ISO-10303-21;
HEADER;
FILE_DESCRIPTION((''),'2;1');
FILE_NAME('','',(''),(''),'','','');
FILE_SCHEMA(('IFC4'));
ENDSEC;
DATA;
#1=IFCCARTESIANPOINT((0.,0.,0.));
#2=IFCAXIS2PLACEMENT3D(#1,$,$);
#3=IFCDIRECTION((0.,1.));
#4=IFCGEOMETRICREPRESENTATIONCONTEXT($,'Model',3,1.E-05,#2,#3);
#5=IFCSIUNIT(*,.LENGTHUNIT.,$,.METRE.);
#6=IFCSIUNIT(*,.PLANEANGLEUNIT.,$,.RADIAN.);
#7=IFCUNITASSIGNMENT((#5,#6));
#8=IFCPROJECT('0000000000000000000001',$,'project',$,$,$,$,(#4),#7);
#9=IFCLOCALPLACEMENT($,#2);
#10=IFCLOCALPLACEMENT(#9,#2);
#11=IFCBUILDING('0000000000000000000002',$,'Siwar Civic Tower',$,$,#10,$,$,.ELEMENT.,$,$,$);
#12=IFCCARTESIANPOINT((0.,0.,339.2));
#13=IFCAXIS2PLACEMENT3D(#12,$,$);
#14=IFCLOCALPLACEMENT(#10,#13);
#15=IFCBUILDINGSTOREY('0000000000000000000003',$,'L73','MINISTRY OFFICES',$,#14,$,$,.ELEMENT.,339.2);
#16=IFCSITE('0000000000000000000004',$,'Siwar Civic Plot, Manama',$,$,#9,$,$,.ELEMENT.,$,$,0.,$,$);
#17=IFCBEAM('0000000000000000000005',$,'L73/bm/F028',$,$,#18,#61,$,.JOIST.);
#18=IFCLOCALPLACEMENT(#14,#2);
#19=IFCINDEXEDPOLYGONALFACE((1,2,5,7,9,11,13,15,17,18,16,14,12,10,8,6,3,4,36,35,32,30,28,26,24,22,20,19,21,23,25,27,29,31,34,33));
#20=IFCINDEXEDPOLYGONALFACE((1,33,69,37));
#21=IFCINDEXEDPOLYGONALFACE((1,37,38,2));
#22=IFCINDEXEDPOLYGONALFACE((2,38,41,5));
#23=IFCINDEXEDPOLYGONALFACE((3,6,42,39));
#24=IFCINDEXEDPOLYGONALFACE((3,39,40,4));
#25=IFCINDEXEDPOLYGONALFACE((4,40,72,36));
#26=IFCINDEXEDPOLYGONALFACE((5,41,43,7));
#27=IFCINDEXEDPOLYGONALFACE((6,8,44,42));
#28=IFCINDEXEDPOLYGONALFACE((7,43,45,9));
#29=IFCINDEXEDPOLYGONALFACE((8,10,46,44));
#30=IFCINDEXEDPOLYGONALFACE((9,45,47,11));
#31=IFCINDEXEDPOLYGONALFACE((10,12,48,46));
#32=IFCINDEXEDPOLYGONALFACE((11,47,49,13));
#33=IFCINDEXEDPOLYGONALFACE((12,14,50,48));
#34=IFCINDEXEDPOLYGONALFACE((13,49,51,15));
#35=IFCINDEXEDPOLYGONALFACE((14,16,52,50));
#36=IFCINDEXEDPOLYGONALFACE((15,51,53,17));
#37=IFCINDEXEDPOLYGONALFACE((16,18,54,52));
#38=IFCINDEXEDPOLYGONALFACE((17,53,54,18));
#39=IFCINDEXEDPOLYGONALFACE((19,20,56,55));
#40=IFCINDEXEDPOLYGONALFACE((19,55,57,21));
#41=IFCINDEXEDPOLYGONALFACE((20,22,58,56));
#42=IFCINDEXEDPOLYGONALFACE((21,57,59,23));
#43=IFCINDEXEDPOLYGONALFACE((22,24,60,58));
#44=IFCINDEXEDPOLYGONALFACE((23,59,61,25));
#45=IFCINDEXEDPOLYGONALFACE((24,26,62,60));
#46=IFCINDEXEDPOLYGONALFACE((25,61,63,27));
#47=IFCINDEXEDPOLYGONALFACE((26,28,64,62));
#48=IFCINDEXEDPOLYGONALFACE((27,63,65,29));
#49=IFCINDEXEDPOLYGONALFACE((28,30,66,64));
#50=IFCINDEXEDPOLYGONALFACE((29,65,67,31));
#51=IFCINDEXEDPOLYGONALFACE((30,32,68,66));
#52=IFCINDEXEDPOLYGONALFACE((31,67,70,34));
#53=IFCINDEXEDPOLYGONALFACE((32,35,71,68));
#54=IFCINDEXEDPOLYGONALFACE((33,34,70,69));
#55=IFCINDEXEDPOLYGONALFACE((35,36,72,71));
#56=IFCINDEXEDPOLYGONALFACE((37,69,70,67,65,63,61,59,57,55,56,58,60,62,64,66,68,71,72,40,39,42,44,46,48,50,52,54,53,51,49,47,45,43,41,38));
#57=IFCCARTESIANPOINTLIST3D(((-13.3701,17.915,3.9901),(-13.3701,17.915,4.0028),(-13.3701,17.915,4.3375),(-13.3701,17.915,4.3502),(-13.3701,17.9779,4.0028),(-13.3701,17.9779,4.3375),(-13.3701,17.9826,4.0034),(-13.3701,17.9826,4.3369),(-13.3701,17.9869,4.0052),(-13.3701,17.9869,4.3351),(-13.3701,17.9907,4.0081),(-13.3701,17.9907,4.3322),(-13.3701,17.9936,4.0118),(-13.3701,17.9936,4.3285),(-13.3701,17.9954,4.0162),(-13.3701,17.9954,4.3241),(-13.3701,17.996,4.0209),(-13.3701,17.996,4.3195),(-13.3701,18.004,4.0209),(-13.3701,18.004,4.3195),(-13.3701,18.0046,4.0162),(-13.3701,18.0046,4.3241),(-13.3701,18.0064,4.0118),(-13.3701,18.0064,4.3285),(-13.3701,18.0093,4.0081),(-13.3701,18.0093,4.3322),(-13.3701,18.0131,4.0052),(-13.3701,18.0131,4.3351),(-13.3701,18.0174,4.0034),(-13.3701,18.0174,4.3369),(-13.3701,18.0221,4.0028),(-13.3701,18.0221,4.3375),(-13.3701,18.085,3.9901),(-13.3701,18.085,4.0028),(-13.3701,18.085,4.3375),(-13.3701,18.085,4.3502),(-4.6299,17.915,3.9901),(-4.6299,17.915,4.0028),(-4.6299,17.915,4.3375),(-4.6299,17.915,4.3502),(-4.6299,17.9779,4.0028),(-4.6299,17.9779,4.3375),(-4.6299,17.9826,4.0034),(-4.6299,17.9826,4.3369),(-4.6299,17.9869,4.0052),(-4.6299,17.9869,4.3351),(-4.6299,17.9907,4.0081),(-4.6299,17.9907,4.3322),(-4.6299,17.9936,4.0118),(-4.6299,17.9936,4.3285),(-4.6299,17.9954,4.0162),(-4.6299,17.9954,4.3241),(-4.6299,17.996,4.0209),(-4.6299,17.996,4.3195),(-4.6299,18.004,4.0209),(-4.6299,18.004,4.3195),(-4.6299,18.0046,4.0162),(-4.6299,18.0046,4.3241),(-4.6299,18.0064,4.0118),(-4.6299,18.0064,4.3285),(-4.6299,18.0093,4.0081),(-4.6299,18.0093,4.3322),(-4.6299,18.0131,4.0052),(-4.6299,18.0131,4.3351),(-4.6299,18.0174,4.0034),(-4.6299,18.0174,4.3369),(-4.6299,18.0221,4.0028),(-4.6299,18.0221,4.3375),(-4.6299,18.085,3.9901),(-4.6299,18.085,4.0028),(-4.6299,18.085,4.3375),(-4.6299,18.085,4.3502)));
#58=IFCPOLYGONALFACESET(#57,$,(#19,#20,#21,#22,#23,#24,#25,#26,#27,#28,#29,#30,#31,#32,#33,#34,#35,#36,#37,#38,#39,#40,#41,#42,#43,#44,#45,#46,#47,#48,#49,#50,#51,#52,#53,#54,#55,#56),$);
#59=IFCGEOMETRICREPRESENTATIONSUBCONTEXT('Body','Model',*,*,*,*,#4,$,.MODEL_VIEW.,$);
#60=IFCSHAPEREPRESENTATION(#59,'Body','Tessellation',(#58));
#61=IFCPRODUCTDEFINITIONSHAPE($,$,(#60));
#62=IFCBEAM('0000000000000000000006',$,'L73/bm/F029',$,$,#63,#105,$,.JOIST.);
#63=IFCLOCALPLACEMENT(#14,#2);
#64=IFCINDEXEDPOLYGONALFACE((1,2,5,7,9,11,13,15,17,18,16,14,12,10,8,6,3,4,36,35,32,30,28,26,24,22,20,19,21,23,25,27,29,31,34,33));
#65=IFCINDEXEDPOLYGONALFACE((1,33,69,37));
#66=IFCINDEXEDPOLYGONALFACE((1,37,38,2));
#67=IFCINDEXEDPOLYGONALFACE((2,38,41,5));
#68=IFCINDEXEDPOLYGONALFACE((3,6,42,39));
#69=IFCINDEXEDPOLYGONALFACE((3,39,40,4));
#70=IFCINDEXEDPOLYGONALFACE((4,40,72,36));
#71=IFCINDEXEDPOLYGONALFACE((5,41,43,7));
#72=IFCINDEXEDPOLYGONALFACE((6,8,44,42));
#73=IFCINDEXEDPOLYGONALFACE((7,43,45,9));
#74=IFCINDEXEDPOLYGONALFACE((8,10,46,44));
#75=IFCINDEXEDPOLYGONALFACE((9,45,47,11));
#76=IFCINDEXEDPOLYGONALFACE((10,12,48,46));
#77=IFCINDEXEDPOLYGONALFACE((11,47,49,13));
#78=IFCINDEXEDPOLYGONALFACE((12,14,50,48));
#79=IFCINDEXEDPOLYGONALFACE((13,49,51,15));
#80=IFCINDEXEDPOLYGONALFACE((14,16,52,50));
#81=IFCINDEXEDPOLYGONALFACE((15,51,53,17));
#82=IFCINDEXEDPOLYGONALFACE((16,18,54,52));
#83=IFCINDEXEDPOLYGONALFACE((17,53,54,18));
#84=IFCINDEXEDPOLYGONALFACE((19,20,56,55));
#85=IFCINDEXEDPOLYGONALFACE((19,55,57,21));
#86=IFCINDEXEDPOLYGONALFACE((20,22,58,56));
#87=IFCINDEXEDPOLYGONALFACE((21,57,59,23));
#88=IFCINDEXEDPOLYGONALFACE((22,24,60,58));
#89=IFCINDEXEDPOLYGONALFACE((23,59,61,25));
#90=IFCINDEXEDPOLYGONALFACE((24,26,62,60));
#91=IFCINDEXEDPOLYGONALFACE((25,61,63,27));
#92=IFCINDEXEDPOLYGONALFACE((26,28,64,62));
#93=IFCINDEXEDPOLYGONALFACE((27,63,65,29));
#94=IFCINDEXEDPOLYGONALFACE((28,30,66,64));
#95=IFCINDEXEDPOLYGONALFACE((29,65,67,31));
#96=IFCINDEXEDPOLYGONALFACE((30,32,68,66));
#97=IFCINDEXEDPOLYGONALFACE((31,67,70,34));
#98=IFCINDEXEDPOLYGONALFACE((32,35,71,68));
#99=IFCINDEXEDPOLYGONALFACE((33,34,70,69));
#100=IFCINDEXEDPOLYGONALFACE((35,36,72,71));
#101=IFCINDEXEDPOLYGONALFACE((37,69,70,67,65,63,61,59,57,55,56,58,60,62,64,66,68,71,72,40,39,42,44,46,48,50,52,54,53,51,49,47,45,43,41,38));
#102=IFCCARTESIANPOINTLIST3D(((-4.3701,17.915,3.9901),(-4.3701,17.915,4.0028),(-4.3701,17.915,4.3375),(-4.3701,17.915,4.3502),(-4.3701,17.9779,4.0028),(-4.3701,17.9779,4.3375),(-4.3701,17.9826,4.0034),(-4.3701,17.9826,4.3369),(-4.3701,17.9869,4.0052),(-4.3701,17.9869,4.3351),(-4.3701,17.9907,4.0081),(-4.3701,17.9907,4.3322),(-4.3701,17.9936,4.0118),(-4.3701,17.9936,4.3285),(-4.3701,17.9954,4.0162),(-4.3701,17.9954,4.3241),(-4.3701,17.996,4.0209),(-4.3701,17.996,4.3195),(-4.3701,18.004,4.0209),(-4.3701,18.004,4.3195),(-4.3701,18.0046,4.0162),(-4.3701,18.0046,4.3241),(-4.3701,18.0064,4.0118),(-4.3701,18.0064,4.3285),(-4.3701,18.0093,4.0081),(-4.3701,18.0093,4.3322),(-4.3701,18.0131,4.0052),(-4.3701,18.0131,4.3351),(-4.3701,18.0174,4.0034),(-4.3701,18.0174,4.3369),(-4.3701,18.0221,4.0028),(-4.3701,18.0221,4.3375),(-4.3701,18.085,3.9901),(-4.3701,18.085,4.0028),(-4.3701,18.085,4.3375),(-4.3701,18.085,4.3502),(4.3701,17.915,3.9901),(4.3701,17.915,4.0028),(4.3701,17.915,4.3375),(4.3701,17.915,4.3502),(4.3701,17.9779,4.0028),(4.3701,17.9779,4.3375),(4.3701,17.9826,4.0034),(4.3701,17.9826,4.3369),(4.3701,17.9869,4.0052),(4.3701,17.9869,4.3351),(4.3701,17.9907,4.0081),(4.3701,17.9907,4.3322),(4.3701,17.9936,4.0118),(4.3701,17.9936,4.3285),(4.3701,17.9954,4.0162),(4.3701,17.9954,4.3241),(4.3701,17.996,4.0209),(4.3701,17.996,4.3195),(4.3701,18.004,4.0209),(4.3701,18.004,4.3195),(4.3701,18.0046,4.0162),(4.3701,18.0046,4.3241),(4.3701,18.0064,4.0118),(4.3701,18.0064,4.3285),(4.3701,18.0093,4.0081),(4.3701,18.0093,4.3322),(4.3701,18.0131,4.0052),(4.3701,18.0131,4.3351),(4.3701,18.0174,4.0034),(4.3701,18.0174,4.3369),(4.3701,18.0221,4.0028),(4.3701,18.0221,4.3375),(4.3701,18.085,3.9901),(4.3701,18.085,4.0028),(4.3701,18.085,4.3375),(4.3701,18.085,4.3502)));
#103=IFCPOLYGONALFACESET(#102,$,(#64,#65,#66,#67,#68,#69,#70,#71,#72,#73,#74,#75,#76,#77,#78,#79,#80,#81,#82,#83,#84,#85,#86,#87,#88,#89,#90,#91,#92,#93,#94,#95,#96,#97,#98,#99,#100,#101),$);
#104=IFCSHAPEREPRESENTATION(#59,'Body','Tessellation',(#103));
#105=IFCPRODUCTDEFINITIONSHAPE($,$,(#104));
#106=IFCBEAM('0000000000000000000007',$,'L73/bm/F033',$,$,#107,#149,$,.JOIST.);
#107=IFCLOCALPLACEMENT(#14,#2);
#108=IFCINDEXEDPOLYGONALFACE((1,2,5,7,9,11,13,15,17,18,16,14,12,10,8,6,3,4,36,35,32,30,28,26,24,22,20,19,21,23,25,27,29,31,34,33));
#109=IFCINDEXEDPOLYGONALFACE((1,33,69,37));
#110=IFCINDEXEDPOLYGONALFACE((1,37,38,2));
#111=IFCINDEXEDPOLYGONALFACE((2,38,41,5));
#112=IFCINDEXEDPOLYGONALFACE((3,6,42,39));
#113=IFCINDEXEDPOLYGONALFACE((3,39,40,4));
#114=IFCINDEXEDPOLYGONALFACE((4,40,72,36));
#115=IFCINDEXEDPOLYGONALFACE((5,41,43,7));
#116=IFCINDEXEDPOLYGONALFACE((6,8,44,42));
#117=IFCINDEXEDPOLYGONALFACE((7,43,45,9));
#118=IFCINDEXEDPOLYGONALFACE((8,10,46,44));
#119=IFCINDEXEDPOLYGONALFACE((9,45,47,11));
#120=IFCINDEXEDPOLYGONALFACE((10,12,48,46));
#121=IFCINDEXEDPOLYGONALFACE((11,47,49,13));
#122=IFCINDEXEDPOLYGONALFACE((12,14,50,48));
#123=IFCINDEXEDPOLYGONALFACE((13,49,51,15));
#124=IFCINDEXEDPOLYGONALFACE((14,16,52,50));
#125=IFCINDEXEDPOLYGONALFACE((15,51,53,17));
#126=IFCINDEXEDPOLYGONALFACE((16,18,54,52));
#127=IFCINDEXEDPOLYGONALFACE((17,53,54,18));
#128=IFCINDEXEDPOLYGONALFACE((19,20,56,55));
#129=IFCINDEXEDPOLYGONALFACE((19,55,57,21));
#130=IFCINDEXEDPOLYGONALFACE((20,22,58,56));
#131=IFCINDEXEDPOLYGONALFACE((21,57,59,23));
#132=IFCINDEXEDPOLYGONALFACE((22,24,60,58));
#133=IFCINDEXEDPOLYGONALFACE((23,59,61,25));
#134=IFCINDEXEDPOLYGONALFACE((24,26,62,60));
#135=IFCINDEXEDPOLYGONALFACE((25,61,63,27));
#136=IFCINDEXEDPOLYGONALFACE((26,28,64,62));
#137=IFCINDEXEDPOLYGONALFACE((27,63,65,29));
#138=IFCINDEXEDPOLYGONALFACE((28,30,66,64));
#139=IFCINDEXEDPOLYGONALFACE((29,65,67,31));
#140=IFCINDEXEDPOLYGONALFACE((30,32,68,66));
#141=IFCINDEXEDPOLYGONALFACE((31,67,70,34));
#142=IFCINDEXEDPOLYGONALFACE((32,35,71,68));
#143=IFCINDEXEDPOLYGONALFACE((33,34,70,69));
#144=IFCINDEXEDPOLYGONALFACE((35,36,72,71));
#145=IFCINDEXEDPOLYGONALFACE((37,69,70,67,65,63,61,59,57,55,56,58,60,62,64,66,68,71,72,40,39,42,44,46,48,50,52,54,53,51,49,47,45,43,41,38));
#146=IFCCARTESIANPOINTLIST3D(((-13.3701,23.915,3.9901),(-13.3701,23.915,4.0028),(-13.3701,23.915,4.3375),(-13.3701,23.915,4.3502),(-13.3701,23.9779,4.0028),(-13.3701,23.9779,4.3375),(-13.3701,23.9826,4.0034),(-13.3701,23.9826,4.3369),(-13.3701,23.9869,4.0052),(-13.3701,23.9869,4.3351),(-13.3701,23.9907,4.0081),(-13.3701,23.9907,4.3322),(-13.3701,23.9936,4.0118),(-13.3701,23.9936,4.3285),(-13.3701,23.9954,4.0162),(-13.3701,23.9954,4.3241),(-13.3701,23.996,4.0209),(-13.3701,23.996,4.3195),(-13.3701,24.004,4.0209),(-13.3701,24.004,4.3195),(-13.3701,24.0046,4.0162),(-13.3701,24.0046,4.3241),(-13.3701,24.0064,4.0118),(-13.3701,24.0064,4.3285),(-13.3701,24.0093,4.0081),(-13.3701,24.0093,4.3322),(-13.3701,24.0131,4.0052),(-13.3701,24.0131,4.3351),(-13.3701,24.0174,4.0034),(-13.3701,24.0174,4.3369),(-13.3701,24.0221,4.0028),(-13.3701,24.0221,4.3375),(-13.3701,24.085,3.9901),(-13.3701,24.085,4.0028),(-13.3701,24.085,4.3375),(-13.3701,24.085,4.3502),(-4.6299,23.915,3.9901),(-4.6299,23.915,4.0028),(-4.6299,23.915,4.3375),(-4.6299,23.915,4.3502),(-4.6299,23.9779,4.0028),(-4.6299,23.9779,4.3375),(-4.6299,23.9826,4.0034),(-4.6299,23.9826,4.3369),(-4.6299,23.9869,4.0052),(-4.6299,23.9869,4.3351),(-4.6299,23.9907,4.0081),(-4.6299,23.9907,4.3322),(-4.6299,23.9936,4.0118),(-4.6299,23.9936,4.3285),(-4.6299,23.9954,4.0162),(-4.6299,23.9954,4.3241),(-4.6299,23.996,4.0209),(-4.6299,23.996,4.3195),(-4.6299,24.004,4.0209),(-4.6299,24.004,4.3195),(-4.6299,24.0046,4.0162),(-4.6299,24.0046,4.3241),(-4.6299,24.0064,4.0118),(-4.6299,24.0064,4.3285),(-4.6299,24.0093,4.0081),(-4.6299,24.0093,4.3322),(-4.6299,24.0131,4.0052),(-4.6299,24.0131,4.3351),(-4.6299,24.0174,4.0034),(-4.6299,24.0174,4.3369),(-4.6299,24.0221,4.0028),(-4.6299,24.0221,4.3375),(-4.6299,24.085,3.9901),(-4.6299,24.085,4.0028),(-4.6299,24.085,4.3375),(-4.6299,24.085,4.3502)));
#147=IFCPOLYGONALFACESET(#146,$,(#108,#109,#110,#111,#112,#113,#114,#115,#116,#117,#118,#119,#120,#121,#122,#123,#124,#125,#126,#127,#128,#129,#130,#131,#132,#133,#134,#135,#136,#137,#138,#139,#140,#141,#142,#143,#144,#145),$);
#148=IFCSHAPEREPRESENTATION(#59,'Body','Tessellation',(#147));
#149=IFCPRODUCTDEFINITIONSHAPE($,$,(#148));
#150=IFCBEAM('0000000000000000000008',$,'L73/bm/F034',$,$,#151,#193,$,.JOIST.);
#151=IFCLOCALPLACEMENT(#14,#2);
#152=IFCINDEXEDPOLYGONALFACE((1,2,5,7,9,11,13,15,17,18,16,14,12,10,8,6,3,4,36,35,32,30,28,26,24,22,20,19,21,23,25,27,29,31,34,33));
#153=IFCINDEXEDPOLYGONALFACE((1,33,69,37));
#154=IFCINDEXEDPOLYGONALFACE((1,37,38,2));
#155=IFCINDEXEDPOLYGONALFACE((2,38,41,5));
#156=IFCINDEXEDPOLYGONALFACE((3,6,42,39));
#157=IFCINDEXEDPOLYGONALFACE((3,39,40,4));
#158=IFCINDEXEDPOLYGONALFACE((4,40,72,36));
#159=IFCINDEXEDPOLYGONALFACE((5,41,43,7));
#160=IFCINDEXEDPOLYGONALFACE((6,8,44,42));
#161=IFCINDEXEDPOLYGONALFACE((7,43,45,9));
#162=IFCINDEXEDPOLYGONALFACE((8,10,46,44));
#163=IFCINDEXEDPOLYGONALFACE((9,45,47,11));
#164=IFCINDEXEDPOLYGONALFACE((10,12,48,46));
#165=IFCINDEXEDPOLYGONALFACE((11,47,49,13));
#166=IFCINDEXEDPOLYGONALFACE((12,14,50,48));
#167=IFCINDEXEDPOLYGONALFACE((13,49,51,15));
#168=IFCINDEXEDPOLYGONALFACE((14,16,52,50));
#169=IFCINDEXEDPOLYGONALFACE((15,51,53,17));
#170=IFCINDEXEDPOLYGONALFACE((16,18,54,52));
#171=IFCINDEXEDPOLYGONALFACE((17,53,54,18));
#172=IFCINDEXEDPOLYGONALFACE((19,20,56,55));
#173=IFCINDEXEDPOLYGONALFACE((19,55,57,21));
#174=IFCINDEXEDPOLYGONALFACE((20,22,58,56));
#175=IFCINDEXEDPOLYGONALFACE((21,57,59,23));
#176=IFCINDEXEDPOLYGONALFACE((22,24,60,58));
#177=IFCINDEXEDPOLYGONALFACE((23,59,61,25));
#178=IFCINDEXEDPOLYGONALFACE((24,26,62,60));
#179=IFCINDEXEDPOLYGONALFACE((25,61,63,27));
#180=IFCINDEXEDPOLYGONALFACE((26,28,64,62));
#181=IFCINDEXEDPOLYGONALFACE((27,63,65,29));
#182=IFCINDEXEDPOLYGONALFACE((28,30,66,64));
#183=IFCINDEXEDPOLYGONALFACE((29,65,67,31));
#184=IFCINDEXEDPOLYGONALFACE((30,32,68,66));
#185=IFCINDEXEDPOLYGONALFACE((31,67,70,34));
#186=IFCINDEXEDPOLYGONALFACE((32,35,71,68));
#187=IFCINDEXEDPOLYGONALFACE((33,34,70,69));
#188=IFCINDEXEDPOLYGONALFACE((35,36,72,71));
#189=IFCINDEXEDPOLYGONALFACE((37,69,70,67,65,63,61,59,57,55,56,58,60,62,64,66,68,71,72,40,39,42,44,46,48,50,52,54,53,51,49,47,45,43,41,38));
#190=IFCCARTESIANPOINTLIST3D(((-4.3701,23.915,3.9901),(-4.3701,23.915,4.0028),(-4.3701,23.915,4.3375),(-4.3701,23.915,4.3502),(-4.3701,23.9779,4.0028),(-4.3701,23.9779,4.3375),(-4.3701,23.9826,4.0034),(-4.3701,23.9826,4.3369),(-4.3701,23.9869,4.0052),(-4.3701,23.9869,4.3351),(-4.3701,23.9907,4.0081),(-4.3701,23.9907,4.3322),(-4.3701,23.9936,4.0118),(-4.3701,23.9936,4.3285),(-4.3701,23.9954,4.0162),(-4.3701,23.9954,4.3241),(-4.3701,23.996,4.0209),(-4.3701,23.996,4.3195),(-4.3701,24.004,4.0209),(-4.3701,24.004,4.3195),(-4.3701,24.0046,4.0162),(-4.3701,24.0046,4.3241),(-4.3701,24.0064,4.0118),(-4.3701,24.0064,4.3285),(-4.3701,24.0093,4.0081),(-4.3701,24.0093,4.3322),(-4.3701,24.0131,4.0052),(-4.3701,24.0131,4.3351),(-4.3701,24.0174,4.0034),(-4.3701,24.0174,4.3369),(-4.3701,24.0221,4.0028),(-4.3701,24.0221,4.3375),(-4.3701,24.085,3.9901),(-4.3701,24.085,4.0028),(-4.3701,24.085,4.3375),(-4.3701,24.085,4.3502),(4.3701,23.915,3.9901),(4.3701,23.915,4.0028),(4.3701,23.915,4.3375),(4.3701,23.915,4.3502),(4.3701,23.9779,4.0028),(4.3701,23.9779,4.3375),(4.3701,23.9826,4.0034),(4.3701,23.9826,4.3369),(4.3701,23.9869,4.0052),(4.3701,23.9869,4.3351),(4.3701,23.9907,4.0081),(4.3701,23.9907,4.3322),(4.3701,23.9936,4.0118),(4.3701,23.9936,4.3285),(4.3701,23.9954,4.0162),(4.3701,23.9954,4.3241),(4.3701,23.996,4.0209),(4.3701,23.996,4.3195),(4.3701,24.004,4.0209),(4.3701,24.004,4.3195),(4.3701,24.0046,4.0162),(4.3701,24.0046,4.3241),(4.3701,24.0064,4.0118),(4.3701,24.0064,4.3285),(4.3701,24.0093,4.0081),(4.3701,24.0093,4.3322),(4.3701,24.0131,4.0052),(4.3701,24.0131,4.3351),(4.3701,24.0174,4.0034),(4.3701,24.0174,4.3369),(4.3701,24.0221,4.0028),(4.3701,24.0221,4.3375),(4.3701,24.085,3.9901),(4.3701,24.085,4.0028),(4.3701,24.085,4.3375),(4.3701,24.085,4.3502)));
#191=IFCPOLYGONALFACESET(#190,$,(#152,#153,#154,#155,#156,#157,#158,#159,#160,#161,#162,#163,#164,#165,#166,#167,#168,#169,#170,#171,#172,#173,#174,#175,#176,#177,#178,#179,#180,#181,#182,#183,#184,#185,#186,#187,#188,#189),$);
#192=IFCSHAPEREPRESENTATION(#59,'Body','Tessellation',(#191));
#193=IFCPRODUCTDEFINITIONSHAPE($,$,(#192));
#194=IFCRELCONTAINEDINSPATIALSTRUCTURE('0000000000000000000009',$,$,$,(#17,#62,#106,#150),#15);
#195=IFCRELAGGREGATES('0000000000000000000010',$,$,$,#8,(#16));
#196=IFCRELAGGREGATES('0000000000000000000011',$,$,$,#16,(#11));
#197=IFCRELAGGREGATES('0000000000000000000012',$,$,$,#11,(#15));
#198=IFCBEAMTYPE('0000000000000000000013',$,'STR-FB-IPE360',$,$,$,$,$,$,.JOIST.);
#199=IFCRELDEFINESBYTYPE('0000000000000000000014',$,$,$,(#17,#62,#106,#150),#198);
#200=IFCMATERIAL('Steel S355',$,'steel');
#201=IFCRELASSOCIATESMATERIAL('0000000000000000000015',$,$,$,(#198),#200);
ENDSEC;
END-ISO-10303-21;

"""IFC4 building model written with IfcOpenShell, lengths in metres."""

from ifc_helpers import new_model, si_unit, direction, frame, origin, origin_2d, place, context, subcontext, project, spatial, i_section, extrude, material, material_profile, profile_set, type_object, element, save


model = new_model("IFC4")

# Units and contexts
model_context = context("Model", 3, precision=1e-05, world=origin(), true_north=direction((0.0, 1.0)))
body_context = subcontext(model_context, "Body", "Model", "MODEL_VIEW")
ifc_project = project(units=[si_unit("LENGTHUNIT", "METRE"), si_unit("PLANEANGLEUNIT", "RADIAN")], contexts=[model_context])

# Site, building, storey
site_placement = place(None, origin())
site = spatial("IfcSite", under=ifc_project, at=site_placement, Name="Siwar Civic Plot, Manama", CompositionType="ELEMENT", RefElevation=0.0)
building_placement = place(site_placement, origin())
building = spatial("IfcBuilding", under=site, at=building_placement, Name="Siwar Civic Tower", CompositionType="ELEMENT")
storey_placement = place(building_placement, frame((0.0, 0.0, 339.2)))
storey = spatial("IfcBuildingStorey", under=building, at=storey_placement, Name="L73", Description="MINISTRY OFFICES", CompositionType="ELEMENT", Elevation=339.2)

# Beams
ifc_material_1 = material(Name="Steel S355", Category="steel")
ifc_material_profile_1 = material_profile(ifc_material_1, i_section(OverallWidth=0.1699, OverallDepth=0.3601, WebThickness=0.0081, FlangeThickness=0.0127, FilletRadius=0.0181, at=origin_2d()), Name="IPE360")
ifc_profile_set_1 = profile_set([ifc_material_profile_1], Name="Steel S355")
beam_type_1 = type_object("IfcBeamType", Name="STR-FB-IPE360", PredefinedType="JOIST", material=ifc_profile_set_1)
for number, where, z_axis, x_axis, name in (
    (1, (-13.3701, 18.0, 4.1702), (1.0, 0.0, 0.0), (0.0, 1.0, 0.0), "L73/bm/F028"),
    (2, (-4.3701, 18.0, 4.1702), (1.0, 0.0, 0.0), (0.0, 1.0, 0.0), "L73/bm/F029"),
    (3, (-13.3701, 24.0, 4.1702), (1.0, 0.0, 0.0), (0.0, 1.0, 0.0), "L73/bm/F033"),
    (4, (-4.3701, 24.0, 4.1702), (1.0, 0.0, 0.0), (0.0, 1.0, 0.0), "L73/bm/F034"),
):
    element("IfcBeam", number, at=place(storey_placement, frame(where, z_axis=z_axis, x_axis=x_axis)), inside=storey, type_object=beam_type_1, Name=name, PredefinedType="JOIST", context=body_context, shape_type="SweptSolid", body=[
        extrude(i_section(OverallWidth=0.1699, OverallDepth=0.3601, WebThickness=0.0081, FlangeThickness=0.0127, FilletRadius=0.0181, at=origin_2d()), origin(), (0.0, 0.0, 1.0), 8.7402),
    ])

save(model, "model.ifc")
